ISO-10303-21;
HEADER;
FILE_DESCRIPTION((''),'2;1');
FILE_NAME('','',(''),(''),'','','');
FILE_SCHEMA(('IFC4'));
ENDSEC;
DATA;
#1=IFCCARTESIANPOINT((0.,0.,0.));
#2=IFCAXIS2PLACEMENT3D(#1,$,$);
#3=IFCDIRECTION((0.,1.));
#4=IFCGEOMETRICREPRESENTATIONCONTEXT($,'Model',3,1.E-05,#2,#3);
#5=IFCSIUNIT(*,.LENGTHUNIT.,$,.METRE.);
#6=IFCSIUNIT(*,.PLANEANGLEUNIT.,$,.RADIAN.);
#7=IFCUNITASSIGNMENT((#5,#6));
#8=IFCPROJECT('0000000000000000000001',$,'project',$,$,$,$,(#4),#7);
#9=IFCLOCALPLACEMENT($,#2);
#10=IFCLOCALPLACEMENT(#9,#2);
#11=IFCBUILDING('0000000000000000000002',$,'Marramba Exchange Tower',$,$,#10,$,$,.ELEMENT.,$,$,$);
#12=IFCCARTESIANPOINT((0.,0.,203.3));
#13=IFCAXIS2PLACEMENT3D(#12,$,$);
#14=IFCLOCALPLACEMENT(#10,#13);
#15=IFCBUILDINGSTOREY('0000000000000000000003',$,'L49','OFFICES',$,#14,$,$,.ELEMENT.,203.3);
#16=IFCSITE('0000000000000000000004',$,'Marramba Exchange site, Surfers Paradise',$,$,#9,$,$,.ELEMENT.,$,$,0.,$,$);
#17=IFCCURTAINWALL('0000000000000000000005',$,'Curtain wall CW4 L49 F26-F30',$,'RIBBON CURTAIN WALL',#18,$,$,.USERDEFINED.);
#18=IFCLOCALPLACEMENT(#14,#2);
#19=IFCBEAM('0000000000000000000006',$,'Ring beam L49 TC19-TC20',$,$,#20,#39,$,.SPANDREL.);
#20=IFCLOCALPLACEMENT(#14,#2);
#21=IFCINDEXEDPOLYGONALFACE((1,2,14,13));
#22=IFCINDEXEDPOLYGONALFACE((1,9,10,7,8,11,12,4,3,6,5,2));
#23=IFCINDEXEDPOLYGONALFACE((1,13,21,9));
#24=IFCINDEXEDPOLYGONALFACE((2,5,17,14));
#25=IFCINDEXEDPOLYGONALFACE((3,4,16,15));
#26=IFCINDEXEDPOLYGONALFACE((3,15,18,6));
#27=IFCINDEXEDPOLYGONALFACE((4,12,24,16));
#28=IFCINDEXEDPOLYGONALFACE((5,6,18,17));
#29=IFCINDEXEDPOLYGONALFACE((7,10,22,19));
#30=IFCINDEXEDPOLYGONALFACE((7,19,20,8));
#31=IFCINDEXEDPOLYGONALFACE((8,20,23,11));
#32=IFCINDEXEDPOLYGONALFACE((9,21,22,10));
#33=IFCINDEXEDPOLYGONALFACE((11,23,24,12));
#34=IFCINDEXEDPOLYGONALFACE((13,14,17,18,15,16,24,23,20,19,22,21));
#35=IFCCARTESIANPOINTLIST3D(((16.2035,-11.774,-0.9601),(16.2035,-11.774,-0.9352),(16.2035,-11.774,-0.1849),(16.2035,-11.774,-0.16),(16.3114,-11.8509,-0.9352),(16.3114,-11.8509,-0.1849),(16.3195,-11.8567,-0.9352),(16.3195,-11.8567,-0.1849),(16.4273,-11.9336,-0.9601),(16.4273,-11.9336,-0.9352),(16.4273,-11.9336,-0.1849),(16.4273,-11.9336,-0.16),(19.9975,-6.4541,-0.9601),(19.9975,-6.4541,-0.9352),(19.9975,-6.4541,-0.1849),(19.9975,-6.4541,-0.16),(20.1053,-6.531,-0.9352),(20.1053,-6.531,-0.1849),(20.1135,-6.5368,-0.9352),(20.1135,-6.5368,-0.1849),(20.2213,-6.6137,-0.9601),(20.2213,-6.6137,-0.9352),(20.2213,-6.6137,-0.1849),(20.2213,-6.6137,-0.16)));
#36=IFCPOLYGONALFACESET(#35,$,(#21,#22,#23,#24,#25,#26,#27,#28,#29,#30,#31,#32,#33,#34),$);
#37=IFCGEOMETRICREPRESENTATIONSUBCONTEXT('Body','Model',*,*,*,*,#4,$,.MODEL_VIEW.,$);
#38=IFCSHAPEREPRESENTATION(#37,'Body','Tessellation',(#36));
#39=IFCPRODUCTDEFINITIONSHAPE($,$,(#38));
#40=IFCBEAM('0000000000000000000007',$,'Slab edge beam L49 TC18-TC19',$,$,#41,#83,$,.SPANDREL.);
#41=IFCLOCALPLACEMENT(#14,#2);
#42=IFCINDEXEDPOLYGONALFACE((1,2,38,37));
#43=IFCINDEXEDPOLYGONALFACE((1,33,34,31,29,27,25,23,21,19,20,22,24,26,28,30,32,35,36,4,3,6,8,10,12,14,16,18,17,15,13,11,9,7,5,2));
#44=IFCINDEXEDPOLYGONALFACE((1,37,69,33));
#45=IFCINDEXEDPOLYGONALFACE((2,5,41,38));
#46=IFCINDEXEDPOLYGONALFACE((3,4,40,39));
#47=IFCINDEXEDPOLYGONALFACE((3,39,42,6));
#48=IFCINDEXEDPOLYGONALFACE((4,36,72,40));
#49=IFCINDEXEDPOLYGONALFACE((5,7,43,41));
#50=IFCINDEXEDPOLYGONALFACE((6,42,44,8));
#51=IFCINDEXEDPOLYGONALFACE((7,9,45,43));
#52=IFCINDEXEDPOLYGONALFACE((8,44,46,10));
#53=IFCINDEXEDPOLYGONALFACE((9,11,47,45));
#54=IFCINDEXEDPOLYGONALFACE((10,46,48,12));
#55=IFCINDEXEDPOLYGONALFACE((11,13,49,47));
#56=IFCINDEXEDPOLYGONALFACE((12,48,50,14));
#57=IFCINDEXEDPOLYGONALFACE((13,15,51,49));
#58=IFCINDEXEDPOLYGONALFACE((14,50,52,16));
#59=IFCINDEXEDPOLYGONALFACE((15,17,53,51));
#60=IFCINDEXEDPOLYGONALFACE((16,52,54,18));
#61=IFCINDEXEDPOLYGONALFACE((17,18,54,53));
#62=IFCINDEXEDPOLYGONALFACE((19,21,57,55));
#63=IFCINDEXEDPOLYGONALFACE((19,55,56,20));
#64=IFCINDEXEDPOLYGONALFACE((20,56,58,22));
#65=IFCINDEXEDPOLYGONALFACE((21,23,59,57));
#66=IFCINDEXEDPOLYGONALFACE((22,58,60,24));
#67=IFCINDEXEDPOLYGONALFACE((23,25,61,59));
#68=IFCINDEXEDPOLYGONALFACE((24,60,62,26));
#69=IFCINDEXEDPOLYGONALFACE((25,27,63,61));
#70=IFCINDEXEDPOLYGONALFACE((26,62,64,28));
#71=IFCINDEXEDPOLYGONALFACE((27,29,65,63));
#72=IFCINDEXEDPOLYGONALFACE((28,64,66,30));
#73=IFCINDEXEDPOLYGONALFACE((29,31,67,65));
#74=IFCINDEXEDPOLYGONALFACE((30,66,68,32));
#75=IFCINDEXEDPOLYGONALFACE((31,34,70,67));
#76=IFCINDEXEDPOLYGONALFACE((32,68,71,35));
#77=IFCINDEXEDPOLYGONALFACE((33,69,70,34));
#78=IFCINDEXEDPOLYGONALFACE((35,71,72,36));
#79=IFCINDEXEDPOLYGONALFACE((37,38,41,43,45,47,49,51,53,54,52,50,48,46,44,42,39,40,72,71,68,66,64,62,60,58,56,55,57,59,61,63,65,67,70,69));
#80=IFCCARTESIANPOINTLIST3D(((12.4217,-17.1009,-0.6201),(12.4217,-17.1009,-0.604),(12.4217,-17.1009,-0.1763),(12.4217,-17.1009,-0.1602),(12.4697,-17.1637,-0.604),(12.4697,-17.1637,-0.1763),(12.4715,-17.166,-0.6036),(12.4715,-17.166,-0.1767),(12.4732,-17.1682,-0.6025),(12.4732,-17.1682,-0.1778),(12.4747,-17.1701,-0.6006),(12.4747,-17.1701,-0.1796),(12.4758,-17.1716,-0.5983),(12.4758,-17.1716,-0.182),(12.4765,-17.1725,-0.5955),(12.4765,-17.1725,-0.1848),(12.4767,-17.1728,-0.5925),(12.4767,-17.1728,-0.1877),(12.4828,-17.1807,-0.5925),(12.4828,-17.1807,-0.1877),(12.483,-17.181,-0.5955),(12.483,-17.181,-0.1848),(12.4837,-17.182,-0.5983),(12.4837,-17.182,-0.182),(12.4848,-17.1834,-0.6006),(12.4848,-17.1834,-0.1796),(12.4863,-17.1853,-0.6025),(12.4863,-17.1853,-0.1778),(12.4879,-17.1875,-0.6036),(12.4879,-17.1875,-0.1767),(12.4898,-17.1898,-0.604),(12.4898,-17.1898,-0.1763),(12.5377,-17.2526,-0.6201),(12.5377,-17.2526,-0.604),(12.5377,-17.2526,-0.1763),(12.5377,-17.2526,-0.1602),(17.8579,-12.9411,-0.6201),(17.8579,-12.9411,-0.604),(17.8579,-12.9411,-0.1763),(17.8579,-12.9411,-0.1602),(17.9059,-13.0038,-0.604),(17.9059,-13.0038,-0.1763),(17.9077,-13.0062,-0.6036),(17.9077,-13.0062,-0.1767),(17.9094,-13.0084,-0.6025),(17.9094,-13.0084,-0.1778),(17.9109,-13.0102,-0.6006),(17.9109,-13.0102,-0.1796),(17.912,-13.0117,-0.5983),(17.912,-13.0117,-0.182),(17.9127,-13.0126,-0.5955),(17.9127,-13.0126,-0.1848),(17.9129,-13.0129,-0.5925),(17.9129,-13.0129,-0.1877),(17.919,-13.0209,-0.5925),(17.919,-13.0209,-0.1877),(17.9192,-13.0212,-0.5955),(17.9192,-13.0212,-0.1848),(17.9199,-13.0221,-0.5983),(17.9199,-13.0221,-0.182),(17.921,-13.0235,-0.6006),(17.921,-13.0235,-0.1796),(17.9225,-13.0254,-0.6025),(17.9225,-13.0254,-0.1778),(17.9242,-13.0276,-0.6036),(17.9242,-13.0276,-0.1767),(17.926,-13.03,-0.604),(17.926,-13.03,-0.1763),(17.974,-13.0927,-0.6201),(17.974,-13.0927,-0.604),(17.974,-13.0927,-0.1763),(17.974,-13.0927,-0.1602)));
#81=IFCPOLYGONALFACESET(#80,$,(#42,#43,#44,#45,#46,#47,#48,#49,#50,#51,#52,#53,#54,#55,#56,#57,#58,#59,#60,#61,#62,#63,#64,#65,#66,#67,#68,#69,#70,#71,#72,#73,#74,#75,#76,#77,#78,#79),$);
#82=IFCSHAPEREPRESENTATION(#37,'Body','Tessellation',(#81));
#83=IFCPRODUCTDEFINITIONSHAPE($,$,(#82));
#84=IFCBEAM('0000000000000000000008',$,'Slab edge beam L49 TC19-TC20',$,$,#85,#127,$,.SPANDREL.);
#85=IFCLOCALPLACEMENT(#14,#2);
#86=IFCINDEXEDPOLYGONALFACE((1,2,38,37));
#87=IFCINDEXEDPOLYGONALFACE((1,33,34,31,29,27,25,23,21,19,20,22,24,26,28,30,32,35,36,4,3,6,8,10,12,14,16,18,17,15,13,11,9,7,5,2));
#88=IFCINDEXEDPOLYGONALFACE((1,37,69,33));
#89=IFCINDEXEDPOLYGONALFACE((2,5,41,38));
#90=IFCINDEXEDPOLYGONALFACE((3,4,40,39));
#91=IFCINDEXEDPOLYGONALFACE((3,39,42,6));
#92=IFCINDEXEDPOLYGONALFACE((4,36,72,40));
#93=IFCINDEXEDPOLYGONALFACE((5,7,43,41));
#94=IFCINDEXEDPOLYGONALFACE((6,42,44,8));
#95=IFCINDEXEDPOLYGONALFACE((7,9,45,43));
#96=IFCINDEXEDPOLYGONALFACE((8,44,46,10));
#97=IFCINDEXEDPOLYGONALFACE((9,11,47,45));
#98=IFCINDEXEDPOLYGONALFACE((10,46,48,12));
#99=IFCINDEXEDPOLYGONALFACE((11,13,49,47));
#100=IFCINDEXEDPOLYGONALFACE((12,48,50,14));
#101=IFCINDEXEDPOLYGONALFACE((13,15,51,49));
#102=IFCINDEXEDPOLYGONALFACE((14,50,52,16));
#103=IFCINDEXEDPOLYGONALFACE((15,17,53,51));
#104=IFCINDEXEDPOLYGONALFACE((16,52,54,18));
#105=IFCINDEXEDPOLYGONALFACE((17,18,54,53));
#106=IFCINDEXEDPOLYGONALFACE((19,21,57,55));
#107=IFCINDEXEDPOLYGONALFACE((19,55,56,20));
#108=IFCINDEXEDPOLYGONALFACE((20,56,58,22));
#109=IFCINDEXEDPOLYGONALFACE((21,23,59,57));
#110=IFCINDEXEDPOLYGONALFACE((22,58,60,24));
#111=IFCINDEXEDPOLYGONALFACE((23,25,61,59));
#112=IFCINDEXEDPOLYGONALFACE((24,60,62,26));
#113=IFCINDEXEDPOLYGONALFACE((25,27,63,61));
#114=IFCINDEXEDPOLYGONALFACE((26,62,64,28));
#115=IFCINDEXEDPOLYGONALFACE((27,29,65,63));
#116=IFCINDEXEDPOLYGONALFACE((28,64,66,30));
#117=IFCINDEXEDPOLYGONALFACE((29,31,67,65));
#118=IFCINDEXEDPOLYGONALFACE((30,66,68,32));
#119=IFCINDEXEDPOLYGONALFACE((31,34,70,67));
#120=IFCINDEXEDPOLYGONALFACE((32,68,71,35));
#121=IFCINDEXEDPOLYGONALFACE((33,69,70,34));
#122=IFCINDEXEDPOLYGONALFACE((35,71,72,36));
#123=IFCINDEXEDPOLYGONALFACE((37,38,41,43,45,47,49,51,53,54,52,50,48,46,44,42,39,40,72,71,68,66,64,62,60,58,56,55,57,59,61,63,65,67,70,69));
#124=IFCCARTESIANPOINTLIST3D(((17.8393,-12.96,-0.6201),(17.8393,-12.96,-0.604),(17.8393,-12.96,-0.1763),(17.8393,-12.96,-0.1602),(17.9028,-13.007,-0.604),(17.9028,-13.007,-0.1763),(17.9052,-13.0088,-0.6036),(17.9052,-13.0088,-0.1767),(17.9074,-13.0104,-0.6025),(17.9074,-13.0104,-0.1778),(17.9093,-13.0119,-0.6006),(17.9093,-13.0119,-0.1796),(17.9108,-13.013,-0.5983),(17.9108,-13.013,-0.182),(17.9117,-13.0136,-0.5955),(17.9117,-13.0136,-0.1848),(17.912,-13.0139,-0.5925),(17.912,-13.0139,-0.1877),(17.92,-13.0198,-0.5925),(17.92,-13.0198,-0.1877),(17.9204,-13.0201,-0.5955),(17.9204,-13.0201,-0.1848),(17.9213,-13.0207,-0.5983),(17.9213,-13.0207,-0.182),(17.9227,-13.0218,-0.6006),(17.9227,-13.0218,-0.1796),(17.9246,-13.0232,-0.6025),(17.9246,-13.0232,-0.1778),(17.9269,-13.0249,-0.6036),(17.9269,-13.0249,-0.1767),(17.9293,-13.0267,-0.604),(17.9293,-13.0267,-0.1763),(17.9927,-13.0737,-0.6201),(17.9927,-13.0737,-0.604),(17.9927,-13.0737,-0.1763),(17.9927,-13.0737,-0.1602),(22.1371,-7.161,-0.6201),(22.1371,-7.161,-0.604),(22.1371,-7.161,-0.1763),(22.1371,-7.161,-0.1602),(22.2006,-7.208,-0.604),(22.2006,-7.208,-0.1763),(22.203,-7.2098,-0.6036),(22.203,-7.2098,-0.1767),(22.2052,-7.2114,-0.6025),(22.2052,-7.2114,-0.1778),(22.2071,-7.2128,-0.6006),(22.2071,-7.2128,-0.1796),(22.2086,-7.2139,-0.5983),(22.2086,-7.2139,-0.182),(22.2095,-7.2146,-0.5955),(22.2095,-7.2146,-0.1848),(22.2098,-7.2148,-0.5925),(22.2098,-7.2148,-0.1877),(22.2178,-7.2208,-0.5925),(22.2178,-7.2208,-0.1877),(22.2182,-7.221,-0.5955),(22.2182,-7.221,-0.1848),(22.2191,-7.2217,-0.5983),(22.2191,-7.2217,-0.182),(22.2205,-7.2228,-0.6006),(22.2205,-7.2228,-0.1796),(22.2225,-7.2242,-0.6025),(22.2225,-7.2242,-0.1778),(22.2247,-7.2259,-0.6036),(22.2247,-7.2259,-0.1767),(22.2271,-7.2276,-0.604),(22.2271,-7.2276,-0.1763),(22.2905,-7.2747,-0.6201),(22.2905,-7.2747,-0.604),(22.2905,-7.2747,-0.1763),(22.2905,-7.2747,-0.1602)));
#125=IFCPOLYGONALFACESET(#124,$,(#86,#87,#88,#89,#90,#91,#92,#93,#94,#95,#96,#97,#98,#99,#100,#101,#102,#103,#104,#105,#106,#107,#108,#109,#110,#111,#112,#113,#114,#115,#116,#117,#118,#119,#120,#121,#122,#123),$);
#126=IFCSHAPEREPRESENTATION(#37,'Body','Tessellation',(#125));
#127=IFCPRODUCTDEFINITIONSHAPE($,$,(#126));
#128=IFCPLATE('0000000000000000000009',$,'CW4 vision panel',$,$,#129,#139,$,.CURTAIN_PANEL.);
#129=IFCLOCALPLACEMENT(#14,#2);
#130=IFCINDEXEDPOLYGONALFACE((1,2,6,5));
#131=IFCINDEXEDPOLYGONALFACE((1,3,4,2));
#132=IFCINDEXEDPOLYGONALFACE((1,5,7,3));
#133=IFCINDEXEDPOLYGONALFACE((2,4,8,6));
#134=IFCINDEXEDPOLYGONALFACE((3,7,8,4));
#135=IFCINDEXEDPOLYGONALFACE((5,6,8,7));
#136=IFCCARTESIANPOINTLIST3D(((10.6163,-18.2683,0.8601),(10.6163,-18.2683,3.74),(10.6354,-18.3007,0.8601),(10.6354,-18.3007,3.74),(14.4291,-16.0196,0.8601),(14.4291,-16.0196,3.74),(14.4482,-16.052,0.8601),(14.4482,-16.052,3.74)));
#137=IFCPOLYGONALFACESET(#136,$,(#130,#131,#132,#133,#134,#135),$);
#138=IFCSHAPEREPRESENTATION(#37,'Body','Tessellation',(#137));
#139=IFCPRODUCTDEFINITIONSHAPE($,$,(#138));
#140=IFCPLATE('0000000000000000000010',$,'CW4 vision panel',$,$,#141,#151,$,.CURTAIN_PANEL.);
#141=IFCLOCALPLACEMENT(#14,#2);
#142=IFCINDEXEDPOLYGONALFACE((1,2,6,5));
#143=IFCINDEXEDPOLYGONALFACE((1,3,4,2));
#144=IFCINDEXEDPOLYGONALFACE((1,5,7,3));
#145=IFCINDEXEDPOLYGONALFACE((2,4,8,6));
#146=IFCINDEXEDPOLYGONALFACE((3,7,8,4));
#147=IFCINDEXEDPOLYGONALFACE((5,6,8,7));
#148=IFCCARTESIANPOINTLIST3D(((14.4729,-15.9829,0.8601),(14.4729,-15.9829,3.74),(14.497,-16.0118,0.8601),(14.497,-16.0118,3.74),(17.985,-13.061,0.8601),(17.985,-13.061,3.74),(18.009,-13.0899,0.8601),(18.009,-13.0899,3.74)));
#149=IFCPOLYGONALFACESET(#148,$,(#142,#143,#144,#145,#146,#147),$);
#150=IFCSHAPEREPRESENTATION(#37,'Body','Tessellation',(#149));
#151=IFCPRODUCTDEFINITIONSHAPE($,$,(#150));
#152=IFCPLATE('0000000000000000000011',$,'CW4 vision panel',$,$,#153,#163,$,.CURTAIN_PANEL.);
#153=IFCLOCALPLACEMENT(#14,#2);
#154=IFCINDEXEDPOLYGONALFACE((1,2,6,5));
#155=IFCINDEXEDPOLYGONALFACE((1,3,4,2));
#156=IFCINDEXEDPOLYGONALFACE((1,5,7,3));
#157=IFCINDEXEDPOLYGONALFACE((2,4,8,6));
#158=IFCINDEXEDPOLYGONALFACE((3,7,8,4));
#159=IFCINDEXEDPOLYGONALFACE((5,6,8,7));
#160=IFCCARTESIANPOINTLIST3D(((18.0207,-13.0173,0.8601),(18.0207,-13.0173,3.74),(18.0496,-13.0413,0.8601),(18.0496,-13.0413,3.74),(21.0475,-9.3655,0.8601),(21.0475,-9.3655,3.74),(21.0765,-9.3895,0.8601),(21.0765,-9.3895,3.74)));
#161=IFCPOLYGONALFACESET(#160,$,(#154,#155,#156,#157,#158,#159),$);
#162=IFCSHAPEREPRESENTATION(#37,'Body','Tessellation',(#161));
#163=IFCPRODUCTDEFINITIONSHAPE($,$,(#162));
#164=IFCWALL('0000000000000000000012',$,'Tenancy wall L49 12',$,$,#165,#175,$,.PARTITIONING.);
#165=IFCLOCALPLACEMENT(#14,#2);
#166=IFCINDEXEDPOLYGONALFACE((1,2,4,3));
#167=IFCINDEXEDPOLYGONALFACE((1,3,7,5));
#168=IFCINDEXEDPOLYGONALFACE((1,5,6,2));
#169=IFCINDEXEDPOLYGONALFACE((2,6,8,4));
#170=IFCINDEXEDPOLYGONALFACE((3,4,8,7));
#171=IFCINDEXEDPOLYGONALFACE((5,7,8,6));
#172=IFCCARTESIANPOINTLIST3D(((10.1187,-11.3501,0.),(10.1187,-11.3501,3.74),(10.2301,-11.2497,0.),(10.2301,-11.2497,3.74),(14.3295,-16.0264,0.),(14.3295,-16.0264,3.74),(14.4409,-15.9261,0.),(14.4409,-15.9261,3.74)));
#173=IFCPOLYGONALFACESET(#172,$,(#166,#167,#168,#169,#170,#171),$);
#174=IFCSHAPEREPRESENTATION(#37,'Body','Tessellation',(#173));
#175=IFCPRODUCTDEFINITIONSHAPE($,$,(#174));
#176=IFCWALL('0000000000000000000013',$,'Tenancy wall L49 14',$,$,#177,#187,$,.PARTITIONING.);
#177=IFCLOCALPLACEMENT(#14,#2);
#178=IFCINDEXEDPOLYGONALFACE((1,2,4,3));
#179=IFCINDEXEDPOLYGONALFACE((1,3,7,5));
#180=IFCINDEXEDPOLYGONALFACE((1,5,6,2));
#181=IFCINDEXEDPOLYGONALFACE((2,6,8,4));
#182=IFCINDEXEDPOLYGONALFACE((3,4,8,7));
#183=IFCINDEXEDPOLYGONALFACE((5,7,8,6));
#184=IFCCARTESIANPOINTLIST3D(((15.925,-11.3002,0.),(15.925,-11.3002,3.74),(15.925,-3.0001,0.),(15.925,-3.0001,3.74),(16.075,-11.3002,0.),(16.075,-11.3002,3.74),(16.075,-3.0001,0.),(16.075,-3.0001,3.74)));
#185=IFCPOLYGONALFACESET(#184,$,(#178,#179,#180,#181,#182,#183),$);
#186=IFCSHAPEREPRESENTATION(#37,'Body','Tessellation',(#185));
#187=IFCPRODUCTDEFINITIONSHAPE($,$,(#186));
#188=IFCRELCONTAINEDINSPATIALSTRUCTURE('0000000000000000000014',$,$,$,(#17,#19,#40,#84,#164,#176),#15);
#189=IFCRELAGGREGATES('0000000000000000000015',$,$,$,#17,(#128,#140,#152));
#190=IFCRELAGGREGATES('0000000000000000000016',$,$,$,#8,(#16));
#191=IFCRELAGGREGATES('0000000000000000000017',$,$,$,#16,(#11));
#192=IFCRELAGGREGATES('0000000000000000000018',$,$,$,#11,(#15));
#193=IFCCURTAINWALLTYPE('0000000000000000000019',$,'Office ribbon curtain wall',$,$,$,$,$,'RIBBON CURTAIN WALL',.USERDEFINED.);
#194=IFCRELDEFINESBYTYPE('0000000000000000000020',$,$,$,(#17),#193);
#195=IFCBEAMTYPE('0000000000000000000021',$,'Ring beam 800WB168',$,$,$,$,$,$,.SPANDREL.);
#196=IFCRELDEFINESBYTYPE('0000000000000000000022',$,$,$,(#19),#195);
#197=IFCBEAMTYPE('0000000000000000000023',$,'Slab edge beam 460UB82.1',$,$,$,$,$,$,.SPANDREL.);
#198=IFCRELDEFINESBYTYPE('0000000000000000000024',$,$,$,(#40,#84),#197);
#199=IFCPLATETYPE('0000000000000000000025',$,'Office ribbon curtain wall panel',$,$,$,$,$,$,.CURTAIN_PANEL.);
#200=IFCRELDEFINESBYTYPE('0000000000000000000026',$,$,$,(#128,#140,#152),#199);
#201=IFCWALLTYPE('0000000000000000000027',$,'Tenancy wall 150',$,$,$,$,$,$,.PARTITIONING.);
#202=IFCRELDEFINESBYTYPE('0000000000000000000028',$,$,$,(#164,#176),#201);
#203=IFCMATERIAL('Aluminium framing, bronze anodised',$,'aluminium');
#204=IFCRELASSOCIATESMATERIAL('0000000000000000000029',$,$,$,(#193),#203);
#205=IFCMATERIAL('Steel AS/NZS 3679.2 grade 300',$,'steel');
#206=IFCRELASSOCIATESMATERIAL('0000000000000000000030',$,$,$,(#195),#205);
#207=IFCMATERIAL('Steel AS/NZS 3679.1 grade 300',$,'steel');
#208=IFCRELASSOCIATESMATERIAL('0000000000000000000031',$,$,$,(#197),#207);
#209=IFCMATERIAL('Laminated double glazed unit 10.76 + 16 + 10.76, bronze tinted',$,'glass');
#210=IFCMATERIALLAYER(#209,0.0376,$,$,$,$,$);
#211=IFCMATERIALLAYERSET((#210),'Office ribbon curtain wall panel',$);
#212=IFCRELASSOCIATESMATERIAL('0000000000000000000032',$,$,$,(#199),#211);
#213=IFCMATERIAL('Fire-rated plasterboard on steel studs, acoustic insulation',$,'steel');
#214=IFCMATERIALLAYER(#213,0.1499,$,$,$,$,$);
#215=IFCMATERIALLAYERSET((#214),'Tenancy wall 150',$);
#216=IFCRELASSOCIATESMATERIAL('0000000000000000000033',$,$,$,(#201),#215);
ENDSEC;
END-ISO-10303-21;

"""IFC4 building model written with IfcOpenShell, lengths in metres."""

from ifc_helpers import new_model, si_unit, direction, frame, frame_2d, origin, origin_2d, place, context, subcontext, project, spatial, rectangle, i_section, extrude, material, layer, layer_set, material_profile, profile_set, type_object, element, aggregate, save


model = new_model("IFC4")

# Units and contexts
model_context = context("Model", 3, precision=1e-05, world=origin(), true_north=direction((0.0, 1.0)))
body_context = subcontext(model_context, "Body", "Model", "MODEL_VIEW")
ifc_project = project(units=[si_unit("LENGTHUNIT", "METRE"), si_unit("PLANEANGLEUNIT", "RADIAN")], contexts=[model_context])

# Site, building, storey
site_placement = place(None, origin())
site = spatial("IfcSite", under=ifc_project, at=site_placement, Name="Marramba Exchange site, Surfers Paradise", CompositionType="ELEMENT", RefElevation=0.0)
building_placement = place(site_placement, origin())
building = spatial("IfcBuilding", under=site, at=building_placement, Name="Marramba Exchange Tower", CompositionType="ELEMENT")
storey_placement = place(building_placement, frame((0.0, 0.0, 203.3)))
storey = spatial("IfcBuildingStorey", under=building, at=storey_placement, Name="L49", Description="OFFICES", CompositionType="ELEMENT", Elevation=203.3)

# Shared definitions
ifc_material_1 = material(Name="Steel AS/NZS 3679.2 grade 300", Category="steel")

# Curtain wall
ifc_material_2 = material(Name="Aluminium framing, bronze anodised", Category="aluminium")
curtain_wall_type = type_object("IfcCurtainWallType", Name="Office ribbon curtain wall", ElementType="RIBBON CURTAIN WALL", PredefinedType="USERDEFINED", material=ifc_material_2)
curtain_wall_placement = place(storey_placement, origin())
curtain_wall = element("IfcCurtainWall", 1, at=curtain_wall_placement, inside=storey, type_object=curtain_wall_type, Name="Curtain wall CW4 L49 F26-F30", ObjectType="RIBBON CURTAIN WALL", PredefinedType="USERDEFINED")

# Beams
ifc_material_profile_1 = material_profile(ifc_material_1, i_section(OverallWidth=0.2749, OverallDepth=0.8, WebThickness=0.01, FlangeThickness=0.0249, at=origin_2d()), Name="800WB168")
ifc_profile_set_1 = profile_set([ifc_material_profile_1], Name="Steel AS/NZS 3679.2 grade 300")
beam_type_1 = type_object("IfcBeamType", Name="Ring beam 800WB168", PredefinedType="SPANDREL", material=ifc_profile_set_1)
beam_1_placement = place(storey_placement, frame((16.3154, -11.8538, -0.5601), z_axis=(0.580637, 0.814162, 0.0), x_axis=(-0.814162, 0.580637, 0.0)))
element("IfcBeam", 2, at=beam_1_placement, inside=storey, type_object=beam_type_1, Name="Ring beam L49 TC19-TC20", PredefinedType="SPANDREL", context=body_context, shape_type="SweptSolid", body=[
    extrude(i_section(OverallWidth=0.2749, OverallDepth=0.8, WebThickness=0.01, FlangeThickness=0.0249, at=origin_2d()), origin(), (0.0, 0.0, 1.0), 6.5342),
])
ifc_material_3 = material(Name="Steel AS/NZS 3679.1 grade 300", Category="steel")
ifc_material_profile_2 = material_profile(ifc_material_3, i_section(OverallWidth=0.1909, OverallDepth=0.46, WebThickness=0.01, FlangeThickness=0.0161, FilletRadius=0.0115, at=origin_2d()), Name="460UB82.1")
ifc_profile_set_2 = profile_set([ifc_material_profile_2], Name="Steel AS/NZS 3679.1 grade 300")
beam_type_2 = type_object("IfcBeamType", Name="Slab edge beam 460UB82.1", PredefinedType="SPANDREL", material=ifc_profile_set_2)
beam_2_placement = place(storey_placement, frame((12.4797, -17.1768, -0.3901), z_axis=(0.794163, 0.607704, 0.0), x_axis=(-0.607704, 0.794163, 0.0)))
element("IfcBeam", 3, at=beam_2_placement, inside=storey, type_object=beam_type_2, Name="Slab edge beam L49 TC18-TC19", PredefinedType="SPANDREL", context=body_context, shape_type="SweptSolid", body=[
    extrude(i_section(OverallWidth=0.1909, OverallDepth=0.46, WebThickness=0.01, FlangeThickness=0.0161, FilletRadius=0.0115, at=origin_2d()), origin(), (0.0, 0.0, 1.0), 6.8452),
])
beam_3_placement = place(storey_placement, frame((17.916, -13.0168, -0.3901), z_axis=(0.595428, 0.803409, 0.0), x_axis=(-0.803409, 0.595428, 0.0)))
element("IfcBeam", 4, at=beam_3_placement, inside=storey, type_object=beam_type_2, Name="Slab edge beam L49 TC19-TC20", PredefinedType="SPANDREL", context=body_context, shape_type="SweptSolid", body=[
    extrude(i_section(OverallWidth=0.1909, OverallDepth=0.46, WebThickness=0.01, FlangeThickness=0.0161, FilletRadius=0.0115, at=origin_2d()), origin(), (0.0, 0.0, 1.0), 7.218),
])

# Plates
ifc_material_4 = material(Name="Laminated double glazed unit 10.76 + 16 + 10.76, bronze tinted", Category="glass")
ifc_layer_1 = layer(ifc_material_4, 0.0376)
ifc_layer_set_1 = layer_set([ifc_layer_1], Name="Office ribbon curtain wall panel")
plate_type = type_object("IfcPlateType", Name="Office ribbon curtain wall panel", PredefinedType="CURTAIN_PANEL", material=ifc_layer_set_1)
plate_1_placement = place(storey_placement, frame((12.5322, -17.1602, 0.8601), z_axis=(0.0, 0.0, 1.0), x_axis=(0.861351, 0.508011, 0.0)))
plate_1 = element("IfcPlate", 5, at=plate_1_placement, type_object=plate_type, Name="CW4 vision panel", PredefinedType="CURTAIN_PANEL", context=body_context, shape_type="SweptSolid", body=[
    extrude(rectangle(XDim=4.4265, YDim=0.0376, at=origin_2d()), origin(), (0.0, 0.0, 1.0), 2.8799),
])
plate_2_placement = place(storey_placement, frame((16.241, -14.5364, 0.8601), z_axis=(0.0, 0.0, 1.0), x_axis=(0.768737, 0.639565, 0.0)))
plate_2 = element("IfcPlate", 6, at=plate_2_placement, type_object=plate_type, Name="CW4 vision panel", PredefinedType="CURTAIN_PANEL", context=body_context, shape_type="SweptSolid", body=[
    extrude(rectangle(XDim=4.5686, YDim=0.0376, at=origin_2d()), origin(), (0.0, 0.0, 1.0), 2.8799),
])
plate_3_placement = place(storey_placement, frame((19.5486, -11.2034, 0.8601), z_axis=(0.0, 0.0, 1.0), x_axis=(0.63815, 0.769912, 0.0)))
plate_3 = element("IfcPlate", 7, at=plate_3_placement, type_object=plate_type, Name="CW4 vision panel", PredefinedType="CURTAIN_PANEL", context=body_context, shape_type="SweptSolid", body=[
    extrude(rectangle(XDim=4.7432, YDim=0.0376, at=origin_2d()), origin(), (0.0, 0.0, 1.0), 2.8799),
])
aggregate(curtain_wall, [plate_1, plate_2, plate_3])

# Walls
ifc_material_5 = material(Name="Fire-rated plasterboard on steel studs, acoustic insulation", Category="steel")
ifc_layer_2 = layer(ifc_material_5, 0.1499)
ifc_layer_set_2 = layer_set([ifc_layer_2], Name="Tenancy wall 150")
wall_type = type_object("IfcWallType", Name="Tenancy wall 150", PredefinedType="PARTITIONING", material=ifc_layer_set_2)
wall_1_placement = place(storey_placement, frame((14.3853, -15.9763, 0.0), z_axis=(0.0, 0.0, 1.0), x_axis=(-0.669145, 0.743132, 0.0)))
element("IfcWall", 8, at=wall_1_placement, inside=storey, type_object=wall_type, Name="Tenancy wall L49 12", PredefinedType="PARTITIONING", context=body_context, shape_type="SweptSolid", body=[
    extrude(rectangle(XDim=6.2927, YDim=0.1499, at=frame_2d((3.1465, 0.0))), origin(), (0.0, 0.0, 1.0), 3.74),
])
wall_2_placement = place(storey_placement, frame((16.0, -11.3, 0.0), z_axis=(0.0, 0.0, 1.0), x_axis=(0.0, 1.0, 0.0)))
element("IfcWall", 9, at=wall_2_placement, inside=storey, type_object=wall_type, Name="Tenancy wall L49 14", PredefinedType="PARTITIONING", context=body_context, shape_type="SweptSolid", body=[
    extrude(rectangle(XDim=8.3, YDim=0.1499, at=frame_2d((4.1499, 0.0))), origin(), (0.0, 0.0, 1.0), 3.74),
])

save(model, "model.ifc")
